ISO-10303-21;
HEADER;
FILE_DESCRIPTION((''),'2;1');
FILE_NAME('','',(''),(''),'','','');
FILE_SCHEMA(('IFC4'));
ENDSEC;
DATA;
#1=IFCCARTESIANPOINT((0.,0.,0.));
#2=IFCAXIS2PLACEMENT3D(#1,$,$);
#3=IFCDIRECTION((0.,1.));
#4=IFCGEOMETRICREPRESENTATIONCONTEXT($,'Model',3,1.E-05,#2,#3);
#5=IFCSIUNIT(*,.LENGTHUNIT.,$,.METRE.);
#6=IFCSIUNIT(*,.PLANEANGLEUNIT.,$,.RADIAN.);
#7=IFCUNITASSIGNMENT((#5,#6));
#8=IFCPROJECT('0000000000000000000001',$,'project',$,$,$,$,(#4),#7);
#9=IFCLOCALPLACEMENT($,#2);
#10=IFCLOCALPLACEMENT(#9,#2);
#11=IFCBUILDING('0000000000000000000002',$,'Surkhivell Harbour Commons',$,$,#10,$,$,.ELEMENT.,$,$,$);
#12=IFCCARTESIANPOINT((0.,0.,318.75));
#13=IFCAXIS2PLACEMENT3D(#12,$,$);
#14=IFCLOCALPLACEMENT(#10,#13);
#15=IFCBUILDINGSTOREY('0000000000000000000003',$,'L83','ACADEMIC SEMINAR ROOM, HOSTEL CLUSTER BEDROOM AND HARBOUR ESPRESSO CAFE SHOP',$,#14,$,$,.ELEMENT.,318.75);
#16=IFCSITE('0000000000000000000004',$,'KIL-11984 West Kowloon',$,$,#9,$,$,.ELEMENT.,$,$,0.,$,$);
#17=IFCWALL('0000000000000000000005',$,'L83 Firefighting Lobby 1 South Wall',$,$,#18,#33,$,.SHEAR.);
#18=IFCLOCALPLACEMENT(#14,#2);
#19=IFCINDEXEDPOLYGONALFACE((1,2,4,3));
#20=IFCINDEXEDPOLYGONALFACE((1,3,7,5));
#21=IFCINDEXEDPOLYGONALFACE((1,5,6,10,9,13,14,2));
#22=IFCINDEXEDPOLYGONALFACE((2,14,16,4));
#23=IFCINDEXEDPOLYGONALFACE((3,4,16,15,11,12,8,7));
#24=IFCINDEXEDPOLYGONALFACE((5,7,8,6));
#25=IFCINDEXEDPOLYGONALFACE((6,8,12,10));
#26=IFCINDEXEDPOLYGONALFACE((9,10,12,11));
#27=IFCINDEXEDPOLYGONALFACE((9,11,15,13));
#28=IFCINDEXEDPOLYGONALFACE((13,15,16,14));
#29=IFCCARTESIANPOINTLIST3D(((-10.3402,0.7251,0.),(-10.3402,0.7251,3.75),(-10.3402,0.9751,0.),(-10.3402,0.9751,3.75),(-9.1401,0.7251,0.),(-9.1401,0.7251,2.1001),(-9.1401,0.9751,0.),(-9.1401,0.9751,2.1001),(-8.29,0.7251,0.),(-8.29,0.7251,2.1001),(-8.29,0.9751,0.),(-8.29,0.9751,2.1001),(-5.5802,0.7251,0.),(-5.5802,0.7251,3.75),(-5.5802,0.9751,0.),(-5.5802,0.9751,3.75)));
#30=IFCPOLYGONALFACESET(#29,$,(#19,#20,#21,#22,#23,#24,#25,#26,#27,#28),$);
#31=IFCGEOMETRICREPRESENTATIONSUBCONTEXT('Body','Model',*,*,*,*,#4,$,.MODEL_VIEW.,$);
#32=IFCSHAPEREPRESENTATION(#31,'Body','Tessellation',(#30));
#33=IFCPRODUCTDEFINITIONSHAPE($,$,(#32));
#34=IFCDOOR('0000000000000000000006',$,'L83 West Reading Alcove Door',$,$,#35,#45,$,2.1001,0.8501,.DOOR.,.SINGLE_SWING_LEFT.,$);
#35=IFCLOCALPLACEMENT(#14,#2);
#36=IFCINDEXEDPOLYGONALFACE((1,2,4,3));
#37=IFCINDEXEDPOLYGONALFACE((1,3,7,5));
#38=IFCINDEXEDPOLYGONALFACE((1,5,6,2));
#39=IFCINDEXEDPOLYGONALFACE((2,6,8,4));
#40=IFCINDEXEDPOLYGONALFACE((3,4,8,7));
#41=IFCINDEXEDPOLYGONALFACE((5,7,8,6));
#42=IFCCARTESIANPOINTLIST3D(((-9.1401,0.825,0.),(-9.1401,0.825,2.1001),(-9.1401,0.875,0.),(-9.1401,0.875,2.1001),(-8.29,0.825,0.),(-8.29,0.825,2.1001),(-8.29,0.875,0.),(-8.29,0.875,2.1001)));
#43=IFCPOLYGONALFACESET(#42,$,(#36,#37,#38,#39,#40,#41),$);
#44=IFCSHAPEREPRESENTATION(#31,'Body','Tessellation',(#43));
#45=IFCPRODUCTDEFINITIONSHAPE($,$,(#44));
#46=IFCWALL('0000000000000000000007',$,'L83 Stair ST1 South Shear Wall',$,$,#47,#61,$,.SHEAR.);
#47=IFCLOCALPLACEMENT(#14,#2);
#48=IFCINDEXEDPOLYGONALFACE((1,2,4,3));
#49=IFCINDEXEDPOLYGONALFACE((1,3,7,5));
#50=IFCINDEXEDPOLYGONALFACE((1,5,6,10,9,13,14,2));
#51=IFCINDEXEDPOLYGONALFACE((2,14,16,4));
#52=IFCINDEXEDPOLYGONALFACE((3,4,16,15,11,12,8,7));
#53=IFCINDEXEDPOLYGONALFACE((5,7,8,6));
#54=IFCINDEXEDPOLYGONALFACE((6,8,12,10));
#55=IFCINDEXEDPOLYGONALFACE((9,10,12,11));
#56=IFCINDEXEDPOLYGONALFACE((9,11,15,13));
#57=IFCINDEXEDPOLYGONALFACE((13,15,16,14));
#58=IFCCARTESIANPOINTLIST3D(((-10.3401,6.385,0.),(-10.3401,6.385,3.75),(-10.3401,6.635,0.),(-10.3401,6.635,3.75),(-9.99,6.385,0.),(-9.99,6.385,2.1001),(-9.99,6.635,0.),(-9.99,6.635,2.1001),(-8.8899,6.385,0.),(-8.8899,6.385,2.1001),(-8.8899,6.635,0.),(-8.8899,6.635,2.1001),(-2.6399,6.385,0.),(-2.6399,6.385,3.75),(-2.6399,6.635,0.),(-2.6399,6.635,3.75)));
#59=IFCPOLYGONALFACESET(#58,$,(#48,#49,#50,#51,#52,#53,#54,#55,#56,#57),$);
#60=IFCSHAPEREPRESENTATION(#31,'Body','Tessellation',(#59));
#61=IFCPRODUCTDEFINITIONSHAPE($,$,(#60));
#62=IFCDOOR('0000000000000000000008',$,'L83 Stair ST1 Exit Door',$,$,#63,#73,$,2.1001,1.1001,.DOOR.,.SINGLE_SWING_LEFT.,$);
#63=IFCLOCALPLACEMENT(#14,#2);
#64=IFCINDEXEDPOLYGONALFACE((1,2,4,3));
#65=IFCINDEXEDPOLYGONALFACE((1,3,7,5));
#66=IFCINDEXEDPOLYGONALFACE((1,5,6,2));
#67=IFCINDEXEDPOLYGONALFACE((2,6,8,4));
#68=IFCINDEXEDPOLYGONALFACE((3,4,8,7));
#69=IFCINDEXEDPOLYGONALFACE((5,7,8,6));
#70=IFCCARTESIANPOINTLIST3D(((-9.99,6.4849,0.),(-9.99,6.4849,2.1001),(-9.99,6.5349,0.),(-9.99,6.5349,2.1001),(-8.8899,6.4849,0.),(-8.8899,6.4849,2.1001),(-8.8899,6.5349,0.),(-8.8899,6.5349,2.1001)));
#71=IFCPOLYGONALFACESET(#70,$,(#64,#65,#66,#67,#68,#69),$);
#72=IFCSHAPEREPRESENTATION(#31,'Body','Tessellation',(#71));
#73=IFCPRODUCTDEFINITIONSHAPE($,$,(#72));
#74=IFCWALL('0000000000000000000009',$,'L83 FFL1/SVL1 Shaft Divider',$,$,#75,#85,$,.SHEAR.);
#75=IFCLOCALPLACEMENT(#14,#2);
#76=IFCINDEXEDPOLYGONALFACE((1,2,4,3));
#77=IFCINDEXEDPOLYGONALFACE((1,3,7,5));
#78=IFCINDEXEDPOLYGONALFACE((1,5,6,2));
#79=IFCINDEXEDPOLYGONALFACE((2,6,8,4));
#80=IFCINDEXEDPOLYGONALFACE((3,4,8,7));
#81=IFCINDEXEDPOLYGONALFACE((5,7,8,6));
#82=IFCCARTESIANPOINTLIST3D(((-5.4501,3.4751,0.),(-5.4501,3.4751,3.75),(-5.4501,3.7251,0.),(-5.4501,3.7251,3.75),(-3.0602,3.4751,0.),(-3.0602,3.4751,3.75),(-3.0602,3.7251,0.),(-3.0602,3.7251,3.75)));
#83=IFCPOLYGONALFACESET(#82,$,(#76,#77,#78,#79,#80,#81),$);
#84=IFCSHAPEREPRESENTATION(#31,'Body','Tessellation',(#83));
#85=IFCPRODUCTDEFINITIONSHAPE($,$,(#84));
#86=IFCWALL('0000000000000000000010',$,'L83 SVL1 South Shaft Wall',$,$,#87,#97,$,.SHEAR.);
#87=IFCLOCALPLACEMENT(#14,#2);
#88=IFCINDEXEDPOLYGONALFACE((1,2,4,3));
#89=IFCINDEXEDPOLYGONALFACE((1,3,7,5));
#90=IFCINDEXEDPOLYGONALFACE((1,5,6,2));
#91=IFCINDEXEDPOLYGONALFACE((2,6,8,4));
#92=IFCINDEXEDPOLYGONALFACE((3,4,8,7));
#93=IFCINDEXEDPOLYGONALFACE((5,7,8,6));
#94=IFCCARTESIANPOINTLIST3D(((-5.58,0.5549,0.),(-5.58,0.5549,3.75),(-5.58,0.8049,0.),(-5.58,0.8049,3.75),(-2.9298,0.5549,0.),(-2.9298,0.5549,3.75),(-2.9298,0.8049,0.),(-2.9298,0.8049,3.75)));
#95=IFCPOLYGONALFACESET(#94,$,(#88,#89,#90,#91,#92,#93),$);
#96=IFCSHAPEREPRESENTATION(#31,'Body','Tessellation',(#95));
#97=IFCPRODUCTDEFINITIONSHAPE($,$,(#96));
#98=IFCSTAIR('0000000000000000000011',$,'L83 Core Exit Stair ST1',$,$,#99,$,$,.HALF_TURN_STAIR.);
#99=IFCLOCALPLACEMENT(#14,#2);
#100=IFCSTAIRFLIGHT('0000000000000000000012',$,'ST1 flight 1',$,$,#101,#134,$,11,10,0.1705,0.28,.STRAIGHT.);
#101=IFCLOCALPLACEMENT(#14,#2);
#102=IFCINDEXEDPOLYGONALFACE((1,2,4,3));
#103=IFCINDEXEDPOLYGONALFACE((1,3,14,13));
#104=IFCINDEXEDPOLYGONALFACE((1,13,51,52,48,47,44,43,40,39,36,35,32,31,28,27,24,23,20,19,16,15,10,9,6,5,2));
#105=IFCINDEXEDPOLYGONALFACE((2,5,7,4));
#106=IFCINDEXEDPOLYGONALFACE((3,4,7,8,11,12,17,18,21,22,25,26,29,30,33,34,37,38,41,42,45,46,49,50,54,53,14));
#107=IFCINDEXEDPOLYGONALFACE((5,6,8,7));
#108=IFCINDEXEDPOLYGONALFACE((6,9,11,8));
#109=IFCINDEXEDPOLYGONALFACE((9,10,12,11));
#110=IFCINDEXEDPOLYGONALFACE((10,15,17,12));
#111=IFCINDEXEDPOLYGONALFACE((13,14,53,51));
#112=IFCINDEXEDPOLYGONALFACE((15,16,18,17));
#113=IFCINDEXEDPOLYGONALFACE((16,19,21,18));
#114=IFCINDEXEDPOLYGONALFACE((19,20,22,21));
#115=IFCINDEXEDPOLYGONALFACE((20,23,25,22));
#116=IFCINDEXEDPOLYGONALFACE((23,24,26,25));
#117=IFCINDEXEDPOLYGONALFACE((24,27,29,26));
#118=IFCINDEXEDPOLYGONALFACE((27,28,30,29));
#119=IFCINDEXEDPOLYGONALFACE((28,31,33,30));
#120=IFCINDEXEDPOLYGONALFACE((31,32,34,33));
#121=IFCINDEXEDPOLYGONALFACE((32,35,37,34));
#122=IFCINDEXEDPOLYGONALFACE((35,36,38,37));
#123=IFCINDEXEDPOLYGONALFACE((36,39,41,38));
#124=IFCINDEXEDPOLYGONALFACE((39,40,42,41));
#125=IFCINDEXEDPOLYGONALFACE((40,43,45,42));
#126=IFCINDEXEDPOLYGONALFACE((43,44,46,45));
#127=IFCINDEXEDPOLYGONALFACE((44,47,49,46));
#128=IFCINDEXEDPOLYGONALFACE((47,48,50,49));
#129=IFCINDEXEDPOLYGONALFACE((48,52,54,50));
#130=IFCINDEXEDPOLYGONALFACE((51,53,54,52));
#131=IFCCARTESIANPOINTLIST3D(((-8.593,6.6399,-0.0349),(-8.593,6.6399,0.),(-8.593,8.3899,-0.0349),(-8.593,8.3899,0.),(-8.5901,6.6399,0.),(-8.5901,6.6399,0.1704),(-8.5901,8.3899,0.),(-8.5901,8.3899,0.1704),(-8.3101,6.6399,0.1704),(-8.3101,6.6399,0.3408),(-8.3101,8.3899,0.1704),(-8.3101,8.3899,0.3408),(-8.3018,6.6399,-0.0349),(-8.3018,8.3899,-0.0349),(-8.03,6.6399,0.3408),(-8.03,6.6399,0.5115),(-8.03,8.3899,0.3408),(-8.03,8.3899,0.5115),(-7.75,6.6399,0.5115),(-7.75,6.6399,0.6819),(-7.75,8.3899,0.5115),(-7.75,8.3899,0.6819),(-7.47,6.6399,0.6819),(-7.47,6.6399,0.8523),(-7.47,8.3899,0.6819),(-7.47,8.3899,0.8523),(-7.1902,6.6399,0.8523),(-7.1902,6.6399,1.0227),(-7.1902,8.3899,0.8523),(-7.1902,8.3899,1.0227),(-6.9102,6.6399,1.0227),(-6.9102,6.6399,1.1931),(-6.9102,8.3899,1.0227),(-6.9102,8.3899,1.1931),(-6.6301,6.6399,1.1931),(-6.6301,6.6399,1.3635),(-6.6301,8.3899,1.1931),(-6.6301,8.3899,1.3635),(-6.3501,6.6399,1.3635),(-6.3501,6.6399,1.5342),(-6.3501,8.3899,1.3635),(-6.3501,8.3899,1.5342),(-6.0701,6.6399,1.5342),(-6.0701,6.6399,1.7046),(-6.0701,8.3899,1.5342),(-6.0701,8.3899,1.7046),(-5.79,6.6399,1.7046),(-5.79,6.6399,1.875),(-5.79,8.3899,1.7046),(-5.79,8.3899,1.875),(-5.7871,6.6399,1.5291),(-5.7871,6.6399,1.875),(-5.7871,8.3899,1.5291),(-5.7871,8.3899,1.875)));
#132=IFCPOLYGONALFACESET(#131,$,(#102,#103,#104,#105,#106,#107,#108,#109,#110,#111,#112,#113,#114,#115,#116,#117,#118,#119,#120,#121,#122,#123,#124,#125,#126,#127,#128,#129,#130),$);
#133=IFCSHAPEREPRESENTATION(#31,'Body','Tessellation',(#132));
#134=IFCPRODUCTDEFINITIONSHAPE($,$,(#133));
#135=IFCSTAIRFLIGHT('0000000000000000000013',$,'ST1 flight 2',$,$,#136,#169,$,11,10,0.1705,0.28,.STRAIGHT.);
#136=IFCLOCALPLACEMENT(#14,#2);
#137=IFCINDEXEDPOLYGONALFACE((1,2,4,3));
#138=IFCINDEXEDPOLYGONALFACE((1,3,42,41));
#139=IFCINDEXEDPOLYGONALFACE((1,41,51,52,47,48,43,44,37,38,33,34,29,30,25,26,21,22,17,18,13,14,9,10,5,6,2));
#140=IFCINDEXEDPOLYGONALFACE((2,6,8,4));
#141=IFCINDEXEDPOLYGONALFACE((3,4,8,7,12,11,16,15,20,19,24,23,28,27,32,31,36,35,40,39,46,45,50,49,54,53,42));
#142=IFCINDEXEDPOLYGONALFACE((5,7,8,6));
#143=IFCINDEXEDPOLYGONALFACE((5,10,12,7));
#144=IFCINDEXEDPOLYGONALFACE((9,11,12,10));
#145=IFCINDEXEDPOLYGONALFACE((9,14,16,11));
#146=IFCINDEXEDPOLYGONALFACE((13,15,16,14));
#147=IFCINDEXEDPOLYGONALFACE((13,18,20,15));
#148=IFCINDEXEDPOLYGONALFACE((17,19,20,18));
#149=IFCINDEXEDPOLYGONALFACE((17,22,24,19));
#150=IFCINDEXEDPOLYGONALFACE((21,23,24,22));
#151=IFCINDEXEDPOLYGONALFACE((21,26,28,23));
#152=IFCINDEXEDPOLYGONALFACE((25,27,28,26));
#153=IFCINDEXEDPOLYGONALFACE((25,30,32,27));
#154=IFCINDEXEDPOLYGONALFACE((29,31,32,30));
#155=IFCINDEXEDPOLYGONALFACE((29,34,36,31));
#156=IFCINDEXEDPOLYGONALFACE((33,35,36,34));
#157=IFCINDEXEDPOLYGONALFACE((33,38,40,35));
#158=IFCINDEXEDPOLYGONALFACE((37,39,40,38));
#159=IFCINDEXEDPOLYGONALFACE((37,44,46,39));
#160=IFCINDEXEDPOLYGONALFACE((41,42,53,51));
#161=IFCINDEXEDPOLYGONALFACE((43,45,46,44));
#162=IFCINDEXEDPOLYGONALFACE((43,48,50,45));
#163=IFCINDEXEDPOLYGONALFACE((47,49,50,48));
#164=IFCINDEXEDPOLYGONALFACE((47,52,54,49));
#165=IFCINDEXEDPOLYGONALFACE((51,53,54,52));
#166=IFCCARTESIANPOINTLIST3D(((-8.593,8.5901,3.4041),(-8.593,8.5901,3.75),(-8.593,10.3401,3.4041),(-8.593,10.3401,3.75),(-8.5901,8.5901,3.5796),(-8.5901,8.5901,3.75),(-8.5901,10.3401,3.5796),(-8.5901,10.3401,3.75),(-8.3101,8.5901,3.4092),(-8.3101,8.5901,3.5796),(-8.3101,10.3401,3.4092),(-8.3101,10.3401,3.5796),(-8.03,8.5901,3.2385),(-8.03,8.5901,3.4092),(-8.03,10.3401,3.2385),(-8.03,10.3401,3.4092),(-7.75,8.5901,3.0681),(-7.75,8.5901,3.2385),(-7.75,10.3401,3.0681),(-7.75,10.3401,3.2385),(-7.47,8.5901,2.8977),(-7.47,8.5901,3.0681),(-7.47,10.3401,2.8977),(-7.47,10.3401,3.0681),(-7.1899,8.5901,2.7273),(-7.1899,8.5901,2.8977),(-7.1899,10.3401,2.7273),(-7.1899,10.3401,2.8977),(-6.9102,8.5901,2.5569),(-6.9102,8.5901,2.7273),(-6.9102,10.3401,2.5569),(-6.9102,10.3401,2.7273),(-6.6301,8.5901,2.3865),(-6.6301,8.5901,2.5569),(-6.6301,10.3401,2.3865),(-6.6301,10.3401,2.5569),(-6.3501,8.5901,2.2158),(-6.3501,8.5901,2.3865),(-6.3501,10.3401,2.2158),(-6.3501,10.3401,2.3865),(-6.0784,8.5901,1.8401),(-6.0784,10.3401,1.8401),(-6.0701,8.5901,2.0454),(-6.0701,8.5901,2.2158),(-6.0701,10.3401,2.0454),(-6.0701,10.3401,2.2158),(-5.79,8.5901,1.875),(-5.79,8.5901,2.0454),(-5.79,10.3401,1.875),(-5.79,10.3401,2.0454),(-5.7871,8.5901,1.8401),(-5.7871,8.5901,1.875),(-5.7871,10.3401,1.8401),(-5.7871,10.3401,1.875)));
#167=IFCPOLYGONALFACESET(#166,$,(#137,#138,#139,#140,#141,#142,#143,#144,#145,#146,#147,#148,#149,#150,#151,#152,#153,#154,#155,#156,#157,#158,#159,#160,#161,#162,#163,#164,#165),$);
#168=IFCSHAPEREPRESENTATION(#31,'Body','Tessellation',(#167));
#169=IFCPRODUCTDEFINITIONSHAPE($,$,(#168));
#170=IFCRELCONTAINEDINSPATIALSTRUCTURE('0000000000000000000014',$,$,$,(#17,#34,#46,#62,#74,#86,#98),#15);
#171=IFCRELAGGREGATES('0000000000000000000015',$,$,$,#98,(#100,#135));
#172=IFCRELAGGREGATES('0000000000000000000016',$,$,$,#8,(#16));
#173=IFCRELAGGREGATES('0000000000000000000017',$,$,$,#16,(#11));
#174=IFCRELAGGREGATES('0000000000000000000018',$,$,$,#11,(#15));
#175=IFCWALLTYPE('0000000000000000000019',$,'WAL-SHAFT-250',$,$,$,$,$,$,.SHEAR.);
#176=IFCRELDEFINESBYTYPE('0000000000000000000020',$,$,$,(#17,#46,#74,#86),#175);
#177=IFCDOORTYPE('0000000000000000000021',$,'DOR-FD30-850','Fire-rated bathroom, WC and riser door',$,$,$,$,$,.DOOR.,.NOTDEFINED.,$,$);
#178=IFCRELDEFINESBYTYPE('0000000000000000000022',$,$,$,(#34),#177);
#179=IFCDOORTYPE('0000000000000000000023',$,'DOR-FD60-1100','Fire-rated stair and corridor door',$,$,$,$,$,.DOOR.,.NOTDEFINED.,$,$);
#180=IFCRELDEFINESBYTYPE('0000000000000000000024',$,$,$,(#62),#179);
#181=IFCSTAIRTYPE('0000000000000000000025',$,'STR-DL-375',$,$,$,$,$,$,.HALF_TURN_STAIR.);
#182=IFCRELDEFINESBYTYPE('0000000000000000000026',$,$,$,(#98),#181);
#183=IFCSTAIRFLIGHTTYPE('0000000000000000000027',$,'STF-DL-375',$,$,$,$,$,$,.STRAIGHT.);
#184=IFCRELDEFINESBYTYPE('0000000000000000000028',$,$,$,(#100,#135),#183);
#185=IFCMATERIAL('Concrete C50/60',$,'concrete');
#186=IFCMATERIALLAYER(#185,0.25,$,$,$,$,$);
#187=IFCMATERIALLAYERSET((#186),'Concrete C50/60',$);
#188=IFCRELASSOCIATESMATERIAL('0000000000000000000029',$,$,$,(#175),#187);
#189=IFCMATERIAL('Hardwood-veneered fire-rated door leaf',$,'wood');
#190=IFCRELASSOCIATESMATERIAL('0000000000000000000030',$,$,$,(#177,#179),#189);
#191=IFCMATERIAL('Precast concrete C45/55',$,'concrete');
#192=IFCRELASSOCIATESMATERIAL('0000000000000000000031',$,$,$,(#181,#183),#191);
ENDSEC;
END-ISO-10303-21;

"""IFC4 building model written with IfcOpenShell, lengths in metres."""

from ifc_helpers import new_model, si_unit, direction, frame, frame_2d, origin, place, context, subcontext, project, spatial, polyline, rectangle, outline, extrude, material, layer, layer_set, type_object, element, fill, aggregate, save


model = new_model("IFC4")

# Units and contexts
model_context = context("Model", 3, precision=1e-05, world=origin(), true_north=direction((0.0, 1.0)))
body_context = subcontext(model_context, "Body", "Model", "MODEL_VIEW")
ifc_project = project(units=[si_unit("LENGTHUNIT", "METRE"), si_unit("PLANEANGLEUNIT", "RADIAN")], contexts=[model_context])

# Site, building, storey
site_placement = place(None, origin())
site = spatial("IfcSite", under=ifc_project, at=site_placement, Name="KIL-11984 West Kowloon", CompositionType="ELEMENT", RefElevation=0.0)
building_placement = place(site_placement, origin())
building = spatial("IfcBuilding", under=site, at=building_placement, Name="Surkhivell Harbour Commons", CompositionType="ELEMENT")
storey_placement = place(building_placement, frame((0.0, 0.0, 318.75)))
storey = spatial("IfcBuildingStorey", under=building, at=storey_placement, Name="L83", Description="ACADEMIC SEMINAR ROOM, HOSTEL CLUSTER BEDROOM AND HARBOUR ESPRESSO CAFE SHOP", CompositionType="ELEMENT", Elevation=318.75)

# Shared definitions
ifc_material_1 = material(Name="Concrete C50/60", Category="concrete")

# Shared definitions
ifc_material_2 = material(Name="Hardwood-veneered fire-rated door leaf", Category="wood")

# Walls, openings, doors
ifc_layer_1 = layer(ifc_material_1, 0.25)
ifc_layer_set_1 = layer_set([ifc_layer_1], Name="Concrete C50/60")
wall_type_1 = type_object("IfcWallType", Name="WAL-SHAFT-250", PredefinedType="SHEAR", material=ifc_layer_set_1)
wall_1_placement = place(storey_placement, frame((-10.3401, 0.8501, 0.0), z_axis=(0.0, 0.0, 1.0), x_axis=(1.0, 0.0, 0.0)))
wall_1 = element("IfcWall", 1, at=wall_1_placement, inside=storey, type_object=wall_type_1, Name="L83 Firefighting Lobby 1 South Wall", PredefinedType="SHEAR", context=body_context, shape_type="SweptSolid", body=[
    extrude(rectangle(XDim=4.76, YDim=0.25, at=frame_2d((2.3799, 0.0))), origin(), (0.0, 0.0, 1.0), 3.75),
])
opening_1_placement = place(wall_1_placement, frame((1.2, 0.0, 0.0)))
opening_1 = element("IfcOpeningElement", 2, at=opening_1_placement, cuts=wall_1, PredefinedType="OPENING", context=body_context, shape_type="SweptSolid", body=[
    extrude(rectangle(XDim=0.8501, YDim=2.1001, at=frame_2d((0.425, 1.05))), frame((0.0, 0.135, 0.0), z_axis=(0.0, -1.0, 0.0), x_axis=(1.0, 0.0, 0.0)), (0.0, 0.0, 1.0), 0.27),
])
door_type_1 = type_object("IfcDoorType", Name="DOR-FD30-850", Description="Fire-rated bathroom, WC and riser door", OperationType="NOTDEFINED", PredefinedType="DOOR", material=ifc_material_2)
door_1_placement = place(opening_1_placement, origin())
door_1 = element("IfcDoor", 3, at=door_1_placement, inside=storey, type_object=door_type_1, Name="L83 West Reading Alcove Door", OperationType="SINGLE_SWING_LEFT", OverallHeight=2.1001, OverallWidth=0.8501, PredefinedType="DOOR", context=body_context, shape_type="SweptSolid", body=[
    extrude(rectangle(XDim=0.8501, YDim=2.1001, at=frame_2d((0.425, 1.05))), frame((0.0, 0.0249, 0.0), z_axis=(0.0, -1.0, 0.0), x_axis=(1.0, 0.0, 0.0)), (0.0, 0.0, 1.0), 0.05),
])
fill(opening_1, door_1)
wall_2_placement = place(storey_placement, frame((-10.3401, 6.51, 0.0), z_axis=(0.0, 0.0, 1.0), x_axis=(1.0, 0.0, 0.0)))
wall_2 = element("IfcWall", 4, at=wall_2_placement, inside=storey, type_object=wall_type_1, Name="L83 Stair ST1 South Shear Wall", PredefinedType="SHEAR", context=body_context, shape_type="SweptSolid", body=[
    extrude(rectangle(XDim=7.7002, YDim=0.25, at=frame_2d((3.8501, 0.0))), origin(), (0.0, 0.0, 1.0), 3.75),
])
opening_2_placement = place(wall_2_placement, frame((0.3501, 0.0, 0.0)))
opening_2 = element("IfcOpeningElement", 5, at=opening_2_placement, cuts=wall_2, PredefinedType="OPENING", context=body_context, shape_type="SweptSolid", body=[
    extrude(rectangle(XDim=1.1001, YDim=2.1001, at=frame_2d((0.55, 1.05))), frame((0.0, 0.135, 0.0), z_axis=(0.0, -1.0, 0.0), x_axis=(1.0, 0.0, 0.0)), (0.0, 0.0, 1.0), 0.27),
])
door_type_2 = type_object("IfcDoorType", Name="DOR-FD60-1100", Description="Fire-rated stair and corridor door", OperationType="NOTDEFINED", PredefinedType="DOOR", material=ifc_material_2)
door_2_placement = place(opening_2_placement, origin())
door_2 = element("IfcDoor", 6, at=door_2_placement, inside=storey, type_object=door_type_2, Name="L83 Stair ST1 Exit Door", OperationType="SINGLE_SWING_LEFT", OverallHeight=2.1001, OverallWidth=1.1001, PredefinedType="DOOR", context=body_context, shape_type="SweptSolid", body=[
    extrude(rectangle(XDim=1.1001, YDim=2.1001, at=frame_2d((0.55, 1.05))), frame((0.0, 0.0249, 0.0), z_axis=(0.0, -1.0, 0.0), x_axis=(1.0, 0.0, 0.0)), (0.0, 0.0, 1.0), 0.05),
])
fill(opening_2, door_2)

# Walls
wall_3_placement = place(storey_placement, frame((-5.45, 3.6001, 0.0), z_axis=(0.0, 0.0, 1.0), x_axis=(1.0, 0.0, 0.0)))
element("IfcWall", 7, at=wall_3_placement, inside=storey, type_object=wall_type_1, Name="L83 FFL1/SVL1 Shaft Divider", PredefinedType="SHEAR", context=body_context, shape_type="SweptSolid", body=[
    extrude(rectangle(XDim=2.3899, YDim=0.25, at=frame_2d((1.1948, 0.0))), origin(), (0.0, 0.0, 1.0), 3.75),
])
wall_4_placement = place(storey_placement, frame((-5.5801, 0.6799, 0.0), z_axis=(0.0, 0.0, 1.0), x_axis=(1.0, 0.0, 0.0)))
element("IfcWall", 8, at=wall_4_placement, inside=storey, type_object=wall_type_1, Name="L83 SVL1 South Shaft Wall", PredefinedType="SHEAR", context=body_context, shape_type="SweptSolid", body=[
    extrude(rectangle(XDim=2.6501, YDim=0.25, at=frame_2d((1.3252, 0.0))), origin(), (0.0, 0.0, 1.0), 3.75),
])

# Stair, stair flights
ifc_material_3 = material(Name="Precast concrete C45/55", Category="concrete")
stair_type = type_object("IfcStairType", Name="STR-DL-375", PredefinedType="HALF_TURN_STAIR", material=ifc_material_3)
stair_placement = place(storey_placement, origin())
stair = element("IfcStair", 9, at=stair_placement, inside=storey, type_object=stair_type, Name="L83 Core Exit Stair ST1", PredefinedType="HALF_TURN_STAIR")
stair_flight_type = type_object("IfcStairFlightType", Name="STF-DL-375", PredefinedType="STRAIGHT", material=ifc_material_3)
stair_flight_1_placement = place(storey_placement, frame((-8.5901, 7.5149, 0.0), z_axis=(0.0, 0.0, 1.0), x_axis=(1.0, 0.0, 0.0)))
stair_flight_1 = element("IfcStairFlight", 10, at=stair_flight_1_placement, type_object=stair_flight_type, Name="ST1 flight 1", NumberOfRisers=11, NumberOfTreads=10, PredefinedType="STRAIGHT", RiserHeight=0.1705, TreadLength=0.28, context=body_context, shape_type="SweptSolid", body=[
    extrude(outline(polyline([(-0.0029, -0.0349), (-0.0029, 0.0), (0.0, 0.0), (0.0, 0.1704), (0.28, 0.1704), (0.28, 0.3408), (0.5601, 0.3408), (0.5601, 0.5115), (0.8401, 0.5115), (0.8401, 0.6819), (1.1201, 0.6819), (1.1201, 0.8523), (1.3999, 0.8523), (1.3999, 1.0227), (1.6799, 1.0227), (1.6799, 1.1931), (1.96, 1.1931), (1.96, 1.3635), (2.24, 1.3635), (2.24, 1.5342), (2.52, 1.5342), (2.52, 1.7046), (2.8, 1.7046), (2.8, 1.875), (2.803, 1.875), (2.803, 1.5291), (0.2883, -0.0349), (-0.0029, -0.0349)])), frame((0.0, 0.875, 0.0), z_axis=(0.0, -1.0, 0.0), x_axis=(1.0, 0.0, 0.0)), (0.0, 0.0, 1.0), 1.75),
])
stair_flight_2_placement = place(storey_placement, frame((-5.79, 9.4651, 1.875), z_axis=(0.0, 0.0, 1.0), x_axis=(-1.0, 0.0, 0.0)))
stair_flight_2 = element("IfcStairFlight", 11, at=stair_flight_2_placement, type_object=stair_flight_type, Name="ST1 flight 2", NumberOfRisers=11, NumberOfTreads=10, PredefinedType="STRAIGHT", RiserHeight=0.1705, TreadLength=0.28, context=body_context, shape_type="SweptSolid", body=[
    extrude(outline(polyline([(-0.0029, -0.0349), (-0.0029, 0.0), (0.0, 0.0), (0.0, 0.1704), (0.28, 0.1704), (0.28, 0.3408), (0.5601, 0.3408), (0.5601, 0.5115), (0.8401, 0.5115), (0.8401, 0.6819), (1.1201, 0.6819), (1.1201, 0.8523), (1.3999, 0.8523), (1.3999, 1.0227), (1.6799, 1.0227), (1.6799, 1.1931), (1.96, 1.1931), (1.96, 1.3635), (2.24, 1.3635), (2.24, 1.5342), (2.52, 1.5342), (2.52, 1.7046), (2.8, 1.7046), (2.8, 1.875), (2.803, 1.875), (2.803, 1.5291), (0.2883, -0.0349), (-0.0029, -0.0349)])), frame((0.0, 0.875, 0.0), z_axis=(0.0, -1.0, 0.0), x_axis=(1.0, 0.0, 0.0)), (0.0, 0.0, 1.0), 1.75),
])
aggregate(stair, [stair_flight_1, stair_flight_2])

save(model, "model.ifc")
